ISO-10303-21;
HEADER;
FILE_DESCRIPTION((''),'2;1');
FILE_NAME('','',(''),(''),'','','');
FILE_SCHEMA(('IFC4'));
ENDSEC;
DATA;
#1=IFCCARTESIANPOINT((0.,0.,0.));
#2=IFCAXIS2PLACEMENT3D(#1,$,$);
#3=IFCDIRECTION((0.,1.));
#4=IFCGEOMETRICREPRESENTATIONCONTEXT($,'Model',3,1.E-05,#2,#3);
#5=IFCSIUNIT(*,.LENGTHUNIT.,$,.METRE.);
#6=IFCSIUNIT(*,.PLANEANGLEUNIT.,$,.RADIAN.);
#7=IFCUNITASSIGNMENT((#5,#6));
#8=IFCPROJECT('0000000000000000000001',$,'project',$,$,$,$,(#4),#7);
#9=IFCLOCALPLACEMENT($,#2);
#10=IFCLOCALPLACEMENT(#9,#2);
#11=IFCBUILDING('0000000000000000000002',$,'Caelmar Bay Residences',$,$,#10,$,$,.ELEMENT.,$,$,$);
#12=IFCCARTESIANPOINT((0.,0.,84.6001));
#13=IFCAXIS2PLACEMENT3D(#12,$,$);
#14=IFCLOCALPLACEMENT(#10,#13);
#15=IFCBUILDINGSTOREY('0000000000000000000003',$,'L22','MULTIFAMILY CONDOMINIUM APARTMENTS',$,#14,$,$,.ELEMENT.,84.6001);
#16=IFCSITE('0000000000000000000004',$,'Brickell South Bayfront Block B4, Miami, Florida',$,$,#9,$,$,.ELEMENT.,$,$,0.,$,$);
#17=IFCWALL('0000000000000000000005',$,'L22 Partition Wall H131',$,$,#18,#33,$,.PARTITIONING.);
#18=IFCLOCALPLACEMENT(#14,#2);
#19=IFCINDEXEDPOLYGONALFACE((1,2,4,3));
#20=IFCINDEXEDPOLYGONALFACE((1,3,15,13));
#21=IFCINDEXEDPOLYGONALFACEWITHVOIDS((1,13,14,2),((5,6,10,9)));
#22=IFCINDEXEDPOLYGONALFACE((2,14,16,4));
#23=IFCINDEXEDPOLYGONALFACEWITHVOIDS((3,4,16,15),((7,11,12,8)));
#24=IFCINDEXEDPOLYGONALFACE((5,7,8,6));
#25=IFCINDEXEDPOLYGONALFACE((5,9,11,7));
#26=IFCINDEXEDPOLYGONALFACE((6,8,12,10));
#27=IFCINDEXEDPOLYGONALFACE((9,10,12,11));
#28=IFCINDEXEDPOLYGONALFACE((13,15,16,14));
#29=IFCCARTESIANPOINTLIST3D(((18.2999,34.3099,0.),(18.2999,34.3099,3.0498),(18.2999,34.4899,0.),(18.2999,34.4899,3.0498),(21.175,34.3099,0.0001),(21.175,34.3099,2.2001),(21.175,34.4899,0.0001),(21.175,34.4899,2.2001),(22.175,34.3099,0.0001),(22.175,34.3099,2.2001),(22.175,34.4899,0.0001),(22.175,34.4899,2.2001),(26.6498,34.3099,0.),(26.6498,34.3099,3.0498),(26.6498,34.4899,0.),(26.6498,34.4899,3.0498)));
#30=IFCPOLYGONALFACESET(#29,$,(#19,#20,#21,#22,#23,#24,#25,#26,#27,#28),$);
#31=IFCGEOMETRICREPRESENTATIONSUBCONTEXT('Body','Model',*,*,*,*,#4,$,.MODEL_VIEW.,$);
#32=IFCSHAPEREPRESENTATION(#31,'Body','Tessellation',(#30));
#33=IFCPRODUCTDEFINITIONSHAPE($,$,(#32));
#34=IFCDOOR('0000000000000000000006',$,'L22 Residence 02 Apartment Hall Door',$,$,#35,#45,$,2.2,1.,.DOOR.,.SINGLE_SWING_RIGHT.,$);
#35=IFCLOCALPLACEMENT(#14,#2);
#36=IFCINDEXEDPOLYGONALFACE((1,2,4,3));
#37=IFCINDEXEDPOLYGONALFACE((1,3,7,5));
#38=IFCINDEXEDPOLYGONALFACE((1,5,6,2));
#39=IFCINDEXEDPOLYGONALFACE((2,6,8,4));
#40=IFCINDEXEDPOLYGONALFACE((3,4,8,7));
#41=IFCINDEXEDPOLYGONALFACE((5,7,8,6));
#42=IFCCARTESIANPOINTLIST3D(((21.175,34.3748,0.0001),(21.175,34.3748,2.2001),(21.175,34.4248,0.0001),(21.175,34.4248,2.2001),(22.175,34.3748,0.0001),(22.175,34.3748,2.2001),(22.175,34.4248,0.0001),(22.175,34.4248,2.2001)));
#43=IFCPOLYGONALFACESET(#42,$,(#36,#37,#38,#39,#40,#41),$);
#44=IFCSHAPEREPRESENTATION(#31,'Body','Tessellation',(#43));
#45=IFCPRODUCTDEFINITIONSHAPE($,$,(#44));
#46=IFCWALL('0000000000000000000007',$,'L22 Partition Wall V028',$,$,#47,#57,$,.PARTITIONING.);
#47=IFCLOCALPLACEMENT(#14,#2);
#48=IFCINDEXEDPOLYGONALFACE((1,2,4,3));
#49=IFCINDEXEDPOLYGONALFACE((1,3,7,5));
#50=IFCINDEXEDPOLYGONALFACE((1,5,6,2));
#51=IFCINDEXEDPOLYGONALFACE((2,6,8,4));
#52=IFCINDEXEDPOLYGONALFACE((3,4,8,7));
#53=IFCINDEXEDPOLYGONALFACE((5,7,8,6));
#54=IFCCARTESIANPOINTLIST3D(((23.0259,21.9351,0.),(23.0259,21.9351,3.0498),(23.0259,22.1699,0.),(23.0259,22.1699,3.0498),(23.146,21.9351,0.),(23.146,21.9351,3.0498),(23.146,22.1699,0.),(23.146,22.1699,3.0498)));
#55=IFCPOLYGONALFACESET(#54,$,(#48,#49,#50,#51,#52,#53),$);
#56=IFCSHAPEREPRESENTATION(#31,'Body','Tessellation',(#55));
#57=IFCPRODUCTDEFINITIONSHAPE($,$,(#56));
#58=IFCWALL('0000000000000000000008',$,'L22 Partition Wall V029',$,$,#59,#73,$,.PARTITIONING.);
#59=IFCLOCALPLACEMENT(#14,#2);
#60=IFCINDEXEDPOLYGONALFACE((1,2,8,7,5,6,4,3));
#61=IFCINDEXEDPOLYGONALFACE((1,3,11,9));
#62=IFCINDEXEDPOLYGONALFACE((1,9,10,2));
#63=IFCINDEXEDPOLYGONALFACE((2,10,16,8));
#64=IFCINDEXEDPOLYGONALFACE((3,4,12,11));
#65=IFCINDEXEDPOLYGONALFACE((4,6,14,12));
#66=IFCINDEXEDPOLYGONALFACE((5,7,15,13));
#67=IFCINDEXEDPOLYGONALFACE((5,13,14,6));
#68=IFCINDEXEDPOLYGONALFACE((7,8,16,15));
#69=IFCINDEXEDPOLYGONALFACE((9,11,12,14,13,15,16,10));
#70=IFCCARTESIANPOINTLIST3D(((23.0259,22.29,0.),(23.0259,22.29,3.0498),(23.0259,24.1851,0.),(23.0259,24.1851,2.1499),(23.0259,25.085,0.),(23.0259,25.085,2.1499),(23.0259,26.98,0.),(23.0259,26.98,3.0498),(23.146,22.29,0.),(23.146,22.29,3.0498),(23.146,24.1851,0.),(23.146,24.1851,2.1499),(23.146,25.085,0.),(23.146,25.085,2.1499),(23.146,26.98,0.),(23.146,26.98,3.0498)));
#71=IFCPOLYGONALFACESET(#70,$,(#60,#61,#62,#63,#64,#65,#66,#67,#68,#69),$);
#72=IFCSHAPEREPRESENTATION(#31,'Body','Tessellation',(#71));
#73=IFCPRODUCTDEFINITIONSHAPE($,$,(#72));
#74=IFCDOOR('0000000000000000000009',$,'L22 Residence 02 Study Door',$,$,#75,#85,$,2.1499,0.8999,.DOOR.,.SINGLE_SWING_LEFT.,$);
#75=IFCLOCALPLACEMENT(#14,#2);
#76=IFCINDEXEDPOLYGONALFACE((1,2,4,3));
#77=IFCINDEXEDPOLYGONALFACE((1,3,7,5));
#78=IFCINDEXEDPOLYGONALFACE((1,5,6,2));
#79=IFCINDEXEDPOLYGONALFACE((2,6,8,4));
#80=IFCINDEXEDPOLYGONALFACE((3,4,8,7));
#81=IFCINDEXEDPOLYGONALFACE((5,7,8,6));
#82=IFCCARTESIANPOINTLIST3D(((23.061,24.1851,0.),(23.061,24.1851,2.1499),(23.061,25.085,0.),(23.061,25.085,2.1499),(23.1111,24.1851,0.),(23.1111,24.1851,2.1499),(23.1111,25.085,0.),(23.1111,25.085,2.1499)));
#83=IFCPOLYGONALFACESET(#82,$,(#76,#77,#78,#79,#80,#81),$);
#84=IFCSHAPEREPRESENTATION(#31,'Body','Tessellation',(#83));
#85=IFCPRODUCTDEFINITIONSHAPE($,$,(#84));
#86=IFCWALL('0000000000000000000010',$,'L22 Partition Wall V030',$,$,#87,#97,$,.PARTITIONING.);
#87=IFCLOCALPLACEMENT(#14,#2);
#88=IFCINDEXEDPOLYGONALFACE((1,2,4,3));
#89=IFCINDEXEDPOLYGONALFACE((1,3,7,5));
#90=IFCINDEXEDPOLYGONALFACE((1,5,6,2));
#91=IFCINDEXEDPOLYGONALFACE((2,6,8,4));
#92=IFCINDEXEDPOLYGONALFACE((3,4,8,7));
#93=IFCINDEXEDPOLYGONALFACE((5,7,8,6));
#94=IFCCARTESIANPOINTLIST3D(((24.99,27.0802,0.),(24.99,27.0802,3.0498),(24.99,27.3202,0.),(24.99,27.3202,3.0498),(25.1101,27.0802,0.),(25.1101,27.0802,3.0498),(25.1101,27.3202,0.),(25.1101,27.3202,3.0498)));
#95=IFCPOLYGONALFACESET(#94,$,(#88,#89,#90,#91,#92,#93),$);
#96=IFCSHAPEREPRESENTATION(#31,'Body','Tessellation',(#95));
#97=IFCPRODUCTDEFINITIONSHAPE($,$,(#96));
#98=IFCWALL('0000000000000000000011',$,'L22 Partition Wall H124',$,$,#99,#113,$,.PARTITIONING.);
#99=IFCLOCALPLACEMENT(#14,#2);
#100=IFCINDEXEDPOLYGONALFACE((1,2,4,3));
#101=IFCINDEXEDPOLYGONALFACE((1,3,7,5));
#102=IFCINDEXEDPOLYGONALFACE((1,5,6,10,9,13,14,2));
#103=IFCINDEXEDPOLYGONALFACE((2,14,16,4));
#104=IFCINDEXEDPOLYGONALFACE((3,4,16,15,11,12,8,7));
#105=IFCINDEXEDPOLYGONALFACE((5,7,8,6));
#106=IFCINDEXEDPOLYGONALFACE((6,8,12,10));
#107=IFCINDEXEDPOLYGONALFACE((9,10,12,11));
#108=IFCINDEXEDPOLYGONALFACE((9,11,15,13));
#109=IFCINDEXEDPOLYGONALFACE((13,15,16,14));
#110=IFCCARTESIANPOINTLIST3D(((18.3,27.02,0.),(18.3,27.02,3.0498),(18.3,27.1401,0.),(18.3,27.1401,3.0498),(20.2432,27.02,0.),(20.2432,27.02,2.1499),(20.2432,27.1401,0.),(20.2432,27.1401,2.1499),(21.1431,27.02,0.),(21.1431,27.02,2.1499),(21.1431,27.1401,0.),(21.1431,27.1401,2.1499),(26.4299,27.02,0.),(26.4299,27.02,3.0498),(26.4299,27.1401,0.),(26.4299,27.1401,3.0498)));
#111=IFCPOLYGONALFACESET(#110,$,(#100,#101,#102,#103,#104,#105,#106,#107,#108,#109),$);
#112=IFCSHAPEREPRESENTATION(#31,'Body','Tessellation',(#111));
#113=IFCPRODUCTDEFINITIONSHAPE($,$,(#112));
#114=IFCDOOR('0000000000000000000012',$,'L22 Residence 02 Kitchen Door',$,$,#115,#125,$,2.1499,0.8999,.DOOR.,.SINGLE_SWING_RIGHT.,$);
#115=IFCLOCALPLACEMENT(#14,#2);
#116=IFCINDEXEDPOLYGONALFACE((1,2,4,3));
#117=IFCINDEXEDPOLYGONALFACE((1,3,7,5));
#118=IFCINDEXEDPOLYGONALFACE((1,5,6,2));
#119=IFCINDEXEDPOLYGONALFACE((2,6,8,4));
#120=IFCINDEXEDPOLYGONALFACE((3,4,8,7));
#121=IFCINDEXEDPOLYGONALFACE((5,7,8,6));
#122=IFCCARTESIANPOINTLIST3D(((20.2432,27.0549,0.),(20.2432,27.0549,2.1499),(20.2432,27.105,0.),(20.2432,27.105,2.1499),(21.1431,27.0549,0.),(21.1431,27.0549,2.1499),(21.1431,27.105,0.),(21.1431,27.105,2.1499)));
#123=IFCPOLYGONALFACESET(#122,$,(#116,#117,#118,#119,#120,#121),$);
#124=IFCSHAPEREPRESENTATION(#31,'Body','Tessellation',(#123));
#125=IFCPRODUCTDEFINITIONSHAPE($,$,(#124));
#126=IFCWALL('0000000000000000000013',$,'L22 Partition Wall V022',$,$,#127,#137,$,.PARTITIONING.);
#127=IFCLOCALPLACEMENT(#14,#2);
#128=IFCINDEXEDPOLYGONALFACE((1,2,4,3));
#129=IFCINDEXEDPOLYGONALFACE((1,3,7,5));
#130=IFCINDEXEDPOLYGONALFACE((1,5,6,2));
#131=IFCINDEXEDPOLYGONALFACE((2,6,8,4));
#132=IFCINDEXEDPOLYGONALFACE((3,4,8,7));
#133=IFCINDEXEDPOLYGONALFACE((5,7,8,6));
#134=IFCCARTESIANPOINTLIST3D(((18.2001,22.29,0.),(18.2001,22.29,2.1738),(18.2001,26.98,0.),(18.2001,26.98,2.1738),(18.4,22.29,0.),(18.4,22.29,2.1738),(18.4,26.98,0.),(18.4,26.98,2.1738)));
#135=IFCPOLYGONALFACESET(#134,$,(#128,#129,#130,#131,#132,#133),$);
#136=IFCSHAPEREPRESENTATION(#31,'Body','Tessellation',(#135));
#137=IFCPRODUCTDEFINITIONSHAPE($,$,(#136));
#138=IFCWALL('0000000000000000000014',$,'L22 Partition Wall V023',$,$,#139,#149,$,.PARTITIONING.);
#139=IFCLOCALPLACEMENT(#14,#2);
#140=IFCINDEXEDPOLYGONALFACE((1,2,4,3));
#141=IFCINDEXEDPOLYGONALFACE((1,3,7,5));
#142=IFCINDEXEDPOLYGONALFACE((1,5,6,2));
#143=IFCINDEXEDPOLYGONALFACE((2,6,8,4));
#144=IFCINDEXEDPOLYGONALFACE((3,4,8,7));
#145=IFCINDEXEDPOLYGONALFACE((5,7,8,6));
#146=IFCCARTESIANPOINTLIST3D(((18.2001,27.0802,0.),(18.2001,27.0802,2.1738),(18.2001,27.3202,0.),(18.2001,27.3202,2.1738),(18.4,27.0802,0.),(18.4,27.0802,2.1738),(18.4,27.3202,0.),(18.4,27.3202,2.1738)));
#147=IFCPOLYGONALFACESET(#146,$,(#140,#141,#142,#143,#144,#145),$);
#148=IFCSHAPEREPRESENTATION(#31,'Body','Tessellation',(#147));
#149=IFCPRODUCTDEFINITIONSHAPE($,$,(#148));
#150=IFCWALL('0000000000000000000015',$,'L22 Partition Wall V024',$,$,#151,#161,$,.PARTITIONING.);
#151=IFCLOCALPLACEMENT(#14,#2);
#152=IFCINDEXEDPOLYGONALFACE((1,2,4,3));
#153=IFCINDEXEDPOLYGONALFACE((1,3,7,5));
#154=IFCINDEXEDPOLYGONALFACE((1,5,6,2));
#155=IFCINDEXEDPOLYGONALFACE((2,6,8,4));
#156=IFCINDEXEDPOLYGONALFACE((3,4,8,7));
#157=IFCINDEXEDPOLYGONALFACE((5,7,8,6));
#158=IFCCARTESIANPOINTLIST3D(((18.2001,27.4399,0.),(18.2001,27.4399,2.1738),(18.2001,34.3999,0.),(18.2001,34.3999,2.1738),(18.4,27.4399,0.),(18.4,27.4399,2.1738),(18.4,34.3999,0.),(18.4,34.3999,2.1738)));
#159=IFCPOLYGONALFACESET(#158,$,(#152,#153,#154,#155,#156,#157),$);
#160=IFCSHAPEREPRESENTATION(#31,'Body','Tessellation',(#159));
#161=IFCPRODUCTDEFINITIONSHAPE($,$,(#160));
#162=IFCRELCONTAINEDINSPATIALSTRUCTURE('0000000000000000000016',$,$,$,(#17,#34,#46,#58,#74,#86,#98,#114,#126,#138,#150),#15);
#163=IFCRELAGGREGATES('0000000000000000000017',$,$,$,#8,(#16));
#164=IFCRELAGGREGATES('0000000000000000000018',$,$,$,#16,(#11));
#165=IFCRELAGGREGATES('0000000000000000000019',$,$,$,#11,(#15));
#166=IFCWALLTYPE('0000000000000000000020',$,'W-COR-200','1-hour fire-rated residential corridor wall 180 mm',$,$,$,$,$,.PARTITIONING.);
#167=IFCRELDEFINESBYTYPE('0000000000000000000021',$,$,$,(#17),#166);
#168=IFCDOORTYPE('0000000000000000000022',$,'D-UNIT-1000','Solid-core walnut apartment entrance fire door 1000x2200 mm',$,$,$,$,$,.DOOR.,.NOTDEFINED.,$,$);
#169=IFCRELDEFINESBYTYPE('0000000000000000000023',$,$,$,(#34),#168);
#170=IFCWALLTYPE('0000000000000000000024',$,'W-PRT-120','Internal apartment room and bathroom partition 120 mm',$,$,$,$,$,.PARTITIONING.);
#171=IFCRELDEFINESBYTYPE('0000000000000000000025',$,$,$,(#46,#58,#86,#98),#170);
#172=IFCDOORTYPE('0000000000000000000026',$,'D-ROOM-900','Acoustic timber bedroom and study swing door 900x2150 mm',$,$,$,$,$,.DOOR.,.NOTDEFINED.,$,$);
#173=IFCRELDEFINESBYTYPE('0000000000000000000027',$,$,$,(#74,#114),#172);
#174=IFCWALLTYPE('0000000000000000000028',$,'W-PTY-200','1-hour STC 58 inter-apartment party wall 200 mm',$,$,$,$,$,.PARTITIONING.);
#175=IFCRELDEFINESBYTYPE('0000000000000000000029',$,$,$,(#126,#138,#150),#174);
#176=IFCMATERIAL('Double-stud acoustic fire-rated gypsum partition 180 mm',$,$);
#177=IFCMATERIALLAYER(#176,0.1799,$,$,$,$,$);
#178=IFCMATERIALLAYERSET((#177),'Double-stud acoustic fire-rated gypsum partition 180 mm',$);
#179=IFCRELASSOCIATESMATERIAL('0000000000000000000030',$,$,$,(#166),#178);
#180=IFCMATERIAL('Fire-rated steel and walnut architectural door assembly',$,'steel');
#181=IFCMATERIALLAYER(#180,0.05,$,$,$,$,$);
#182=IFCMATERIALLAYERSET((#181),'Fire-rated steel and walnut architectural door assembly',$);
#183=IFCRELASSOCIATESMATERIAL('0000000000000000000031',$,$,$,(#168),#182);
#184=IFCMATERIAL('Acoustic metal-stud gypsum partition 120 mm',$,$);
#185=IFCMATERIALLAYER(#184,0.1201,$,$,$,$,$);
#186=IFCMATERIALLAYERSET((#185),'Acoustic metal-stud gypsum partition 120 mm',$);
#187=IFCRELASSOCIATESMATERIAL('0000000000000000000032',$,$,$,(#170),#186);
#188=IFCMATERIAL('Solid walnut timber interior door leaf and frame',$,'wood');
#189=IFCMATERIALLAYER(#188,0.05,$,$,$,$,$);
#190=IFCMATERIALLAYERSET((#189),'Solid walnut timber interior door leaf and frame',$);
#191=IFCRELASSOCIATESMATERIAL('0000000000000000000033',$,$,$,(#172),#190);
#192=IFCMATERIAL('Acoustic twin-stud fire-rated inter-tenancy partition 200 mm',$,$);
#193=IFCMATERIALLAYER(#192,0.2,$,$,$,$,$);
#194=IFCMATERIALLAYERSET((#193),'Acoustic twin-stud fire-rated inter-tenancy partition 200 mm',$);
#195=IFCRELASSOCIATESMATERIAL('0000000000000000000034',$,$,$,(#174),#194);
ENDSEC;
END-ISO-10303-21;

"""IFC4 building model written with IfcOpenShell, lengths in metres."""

from ifc_helpers import new_model, si_unit, direction, frame, frame_2d, origin, place, context, subcontext, project, spatial, rectangle, extrude, material, layer, layer_set, type_object, element, fill, save


model = new_model("IFC4")

# Units and contexts
model_context = context("Model", 3, precision=1e-05, world=origin(), true_north=direction((0.0, 1.0)))
body_context = subcontext(model_context, "Body", "Model", "MODEL_VIEW")
ifc_project = project(units=[si_unit("LENGTHUNIT", "METRE"), si_unit("PLANEANGLEUNIT", "RADIAN")], contexts=[model_context])

# Site, building, storey
site_placement = place(None, origin())
site = spatial("IfcSite", under=ifc_project, at=site_placement, Name="Brickell South Bayfront Block B4, Miami, Florida", CompositionType="ELEMENT", RefElevation=0.0)
building_placement = place(site_placement, origin())
building = spatial("IfcBuilding", under=site, at=building_placement, Name="Caelmar Bay Residences", CompositionType="ELEMENT")
storey_placement = place(building_placement, frame((0.0, 0.0, 84.6001)))
storey = spatial("IfcBuildingStorey", under=building, at=storey_placement, Name="L22", Description="MULTIFAMILY CONDOMINIUM APARTMENTS", CompositionType="ELEMENT", Elevation=84.6001)

# Shared definitions
ifc_material_1 = material(Name="Fire-rated steel and walnut architectural door assembly", Category="steel")

# Wall, opening, door
ifc_material_2 = material(Name="Double-stud acoustic fire-rated gypsum partition 180 mm")
ifc_layer_1 = layer(ifc_material_2, 0.1799)
ifc_layer_set_1 = layer_set([ifc_layer_1], Name="Double-stud acoustic fire-rated gypsum partition 180 mm")
wall_type_1 = type_object("IfcWallType", Name="W-COR-200", Description="1-hour fire-rated residential corridor wall 180 mm", PredefinedType="PARTITIONING", material=ifc_layer_set_1)
wall_1_placement = place(storey_placement, frame((18.3, 34.3999, 0.0), z_axis=(0.0, 0.0, 1.0), x_axis=(1.0, 0.0, 0.0)))
wall_1 = element("IfcWall", 1, at=wall_1_placement, inside=storey, type_object=wall_type_1, Name="L22 Partition Wall H131", PredefinedType="PARTITIONING", context=body_context, shape_type="SweptSolid", body=[
    extrude(rectangle(XDim=8.3499, YDim=0.1799, at=frame_2d((4.1748, 0.0))), origin(), (0.0, 0.0, 1.0), 3.0498),
])
opening_1_placement = place(wall_1_placement, frame((2.875, 0.0, 0.0)))
opening_1 = element("IfcOpeningElement", 2, at=opening_1_placement, cuts=wall_1, PredefinedType="OPENING", context=body_context, shape_type="SweptSolid", body=[
    extrude(rectangle(XDim=1.0, YDim=2.2, at=frame_2d((0.5, 1.1001))), frame((0.0, 0.0999, 0.0), z_axis=(0.0, -1.0, 0.0), x_axis=(1.0, 0.0, 0.0)), (0.0, 0.0, 1.0), 0.2),
])
ifc_layer_2 = layer(ifc_material_1, 0.05)
ifc_layer_set_2 = layer_set([ifc_layer_2], Name="Fire-rated steel and walnut architectural door assembly")
door_type_1 = type_object("IfcDoorType", Name="D-UNIT-1000", Description="Solid-core walnut apartment entrance fire door 1000x2200 mm", OperationType="NOTDEFINED", PredefinedType="DOOR", material=ifc_layer_set_2)
door_1_placement = place(opening_1_placement, origin())
door_1 = element("IfcDoor", 3, at=door_1_placement, inside=storey, type_object=door_type_1, Name="L22 Residence 02 Apartment Hall Door", OperationType="SINGLE_SWING_RIGHT", OverallHeight=2.2, OverallWidth=1.0, PredefinedType="DOOR", context=body_context, shape_type="SweptSolid", body=[
    extrude(rectangle(XDim=1.0, YDim=2.2, at=frame_2d((0.5, 1.1001))), frame((0.0, 0.0249, 0.0), z_axis=(0.0, -1.0, 0.0), x_axis=(1.0, 0.0, 0.0)), (0.0, 0.0, 1.0), 0.05),
])
fill(opening_1, door_1)

# Wall
ifc_material_3 = material(Name="Acoustic metal-stud gypsum partition 120 mm")
ifc_layer_3 = layer(ifc_material_3, 0.1201)
ifc_layer_set_3 = layer_set([ifc_layer_3], Name="Acoustic metal-stud gypsum partition 120 mm")
wall_type_2 = type_object("IfcWallType", Name="W-PRT-120", Description="Internal apartment room and bathroom partition 120 mm", PredefinedType="PARTITIONING", material=ifc_layer_set_3)
wall_2_placement = place(storey_placement, frame((23.0859, 21.9351, 0.0), z_axis=(0.0, 0.0, 1.0), x_axis=(0.0, 1.0, 0.0)))
element("IfcWall", 4, at=wall_2_placement, inside=storey, type_object=wall_type_2, Name="L22 Partition Wall V028", PredefinedType="PARTITIONING", context=body_context, shape_type="SweptSolid", body=[
    extrude(rectangle(XDim=0.2349, YDim=0.1201, at=frame_2d((0.1174, 0.0))), origin(), (0.0, 0.0, 1.0), 3.0498),
])

# Wall, opening, door
wall_3_placement = place(storey_placement, frame((23.0859, 22.29, 0.0), z_axis=(0.0, 0.0, 1.0), x_axis=(0.0, 1.0, 0.0)))
wall_3 = element("IfcWall", 5, at=wall_3_placement, inside=storey, type_object=wall_type_2, Name="L22 Partition Wall V029", PredefinedType="PARTITIONING", context=body_context, shape_type="SweptSolid", body=[
    extrude(rectangle(XDim=4.6899, YDim=0.1201, at=frame_2d((2.345, 0.0))), origin(), (0.0, 0.0, 1.0), 3.0498),
])
opening_2_placement = place(wall_3_placement, frame((1.895, 0.0, 0.0)))
opening_2 = element("IfcOpeningElement", 6, at=opening_2_placement, cuts=wall_3, PredefinedType="OPENING", context=body_context, shape_type="SweptSolid", body=[
    extrude(rectangle(XDim=0.8999, YDim=2.1499, at=frame_2d((0.45, 1.075))), frame((0.0, 0.0701, 0.0), z_axis=(0.0, -1.0, 0.0), x_axis=(1.0, 0.0, 0.0)), (0.0, 0.0, 1.0), 0.1401),
])
ifc_material_4 = material(Name="Solid walnut timber interior door leaf and frame", Category="wood")
ifc_layer_4 = layer(ifc_material_4, 0.05)
ifc_layer_set_4 = layer_set([ifc_layer_4], Name="Solid walnut timber interior door leaf and frame")
door_type_2 = type_object("IfcDoorType", Name="D-ROOM-900", Description="Acoustic timber bedroom and study swing door 900x2150 mm", OperationType="NOTDEFINED", PredefinedType="DOOR", material=ifc_layer_set_4)
door_2_placement = place(opening_2_placement, origin())
door_2 = element("IfcDoor", 7, at=door_2_placement, inside=storey, type_object=door_type_2, Name="L22 Residence 02 Study Door", OperationType="SINGLE_SWING_LEFT", OverallHeight=2.1499, OverallWidth=0.8999, PredefinedType="DOOR", context=body_context, shape_type="SweptSolid", body=[
    extrude(rectangle(XDim=0.8999, YDim=2.1499, at=frame_2d((0.45, 1.075))), frame((0.0, 0.0249, 0.0), z_axis=(0.0, -1.0, 0.0), x_axis=(1.0, 0.0, 0.0)), (0.0, 0.0, 1.0), 0.05),
])
fill(opening_2, door_2)

# Wall
wall_4_placement = place(storey_placement, frame((25.05, 27.0801, 0.0), z_axis=(0.0, 0.0, 1.0), x_axis=(0.0, 1.0, 0.0)))
element("IfcWall", 8, at=wall_4_placement, inside=storey, type_object=wall_type_2, Name="L22 Partition Wall V030", PredefinedType="PARTITIONING", context=body_context, shape_type="SweptSolid", body=[
    extrude(rectangle(XDim=0.24, YDim=0.1201, at=frame_2d((0.1201, 0.0))), origin(), (0.0, 0.0, 1.0), 3.0498),
])

# Wall, opening, door
wall_5_placement = place(storey_placement, frame((18.3, 27.0801, 0.0), z_axis=(0.0, 0.0, 1.0), x_axis=(1.0, 0.0, 0.0)))
wall_5 = element("IfcWall", 9, at=wall_5_placement, inside=storey, type_object=wall_type_2, Name="L22 Partition Wall H124", PredefinedType="PARTITIONING", context=body_context, shape_type="SweptSolid", body=[
    extrude(rectangle(XDim=8.1299, YDim=0.1201, at=frame_2d((4.0649, 0.0))), origin(), (0.0, 0.0, 1.0), 3.0498),
])
opening_3_placement = place(wall_5_placement, frame((1.9431, 0.0, 0.0)))
opening_3 = element("IfcOpeningElement", 10, at=opening_3_placement, cuts=wall_5, PredefinedType="OPENING", context=body_context, shape_type="SweptSolid", body=[
    extrude(rectangle(XDim=0.8999, YDim=2.1499, at=frame_2d((0.45, 1.075))), frame((0.0, 0.0701, 0.0), z_axis=(0.0, -1.0, 0.0), x_axis=(1.0, 0.0, 0.0)), (0.0, 0.0, 1.0), 0.1401),
])
door_3_placement = place(opening_3_placement, origin())
door_3 = element("IfcDoor", 11, at=door_3_placement, inside=storey, type_object=door_type_2, Name="L22 Residence 02 Kitchen Door", OperationType="SINGLE_SWING_RIGHT", OverallHeight=2.1499, OverallWidth=0.8999, PredefinedType="DOOR", context=body_context, shape_type="SweptSolid", body=[
    extrude(rectangle(XDim=0.8999, YDim=2.1499, at=frame_2d((0.45, 1.075))), frame((0.0, 0.0249, 0.0), z_axis=(0.0, -1.0, 0.0), x_axis=(1.0, 0.0, 0.0)), (0.0, 0.0, 1.0), 0.05),
])
fill(opening_3, door_3)

# Walls
ifc_material_5 = material(Name="Acoustic twin-stud fire-rated inter-tenancy partition 200 mm")
ifc_layer_5 = layer(ifc_material_5, 0.2)
ifc_layer_set_5 = layer_set([ifc_layer_5], Name="Acoustic twin-stud fire-rated inter-tenancy partition 200 mm")
wall_type_3 = type_object("IfcWallType", Name="W-PTY-200", Description="1-hour STC 58 inter-apartment party wall 200 mm", PredefinedType="PARTITIONING", material=ifc_layer_set_5)
wall_6_placement = place(storey_placement, frame((18.3, 22.29, 0.0), z_axis=(0.0, 0.0, 1.0), x_axis=(0.0, 1.0, 0.0)))
element("IfcWall", 12, at=wall_6_placement, inside=storey, type_object=wall_type_3, Name="L22 Partition Wall V022", PredefinedType="PARTITIONING", context=body_context, shape_type="SweptSolid", body=[
    extrude(rectangle(XDim=4.6899, YDim=0.2, at=frame_2d((2.345, 0.0))), origin(), (0.0, 0.0, 1.0), 2.1738),
])
wall_7_placement = place(storey_placement, frame((18.3, 27.0801, 0.0), z_axis=(0.0, 0.0, 1.0), x_axis=(0.0, 1.0, 0.0)))
element("IfcWall", 13, at=wall_7_placement, inside=storey, type_object=wall_type_3, Name="L22 Partition Wall V023", PredefinedType="PARTITIONING", context=body_context, shape_type="SweptSolid", body=[
    extrude(rectangle(XDim=0.24, YDim=0.2, at=frame_2d((0.1201, 0.0))), origin(), (0.0, 0.0, 1.0), 2.1738),
])
wall_8_placement = place(storey_placement, frame((18.3, 27.4399, 0.0), z_axis=(0.0, 0.0, 1.0), x_axis=(0.0, 1.0, 0.0)))
element("IfcWall", 14, at=wall_8_placement, inside=storey, type_object=wall_type_3, Name="L22 Partition Wall V024", PredefinedType="PARTITIONING", context=body_context, shape_type="SweptSolid", body=[
    extrude(rectangle(XDim=6.96, YDim=0.2, at=frame_2d((3.48, 0.0))), origin(), (0.0, 0.0, 1.0), 2.1738),
])

save(model, "model.ifc")
